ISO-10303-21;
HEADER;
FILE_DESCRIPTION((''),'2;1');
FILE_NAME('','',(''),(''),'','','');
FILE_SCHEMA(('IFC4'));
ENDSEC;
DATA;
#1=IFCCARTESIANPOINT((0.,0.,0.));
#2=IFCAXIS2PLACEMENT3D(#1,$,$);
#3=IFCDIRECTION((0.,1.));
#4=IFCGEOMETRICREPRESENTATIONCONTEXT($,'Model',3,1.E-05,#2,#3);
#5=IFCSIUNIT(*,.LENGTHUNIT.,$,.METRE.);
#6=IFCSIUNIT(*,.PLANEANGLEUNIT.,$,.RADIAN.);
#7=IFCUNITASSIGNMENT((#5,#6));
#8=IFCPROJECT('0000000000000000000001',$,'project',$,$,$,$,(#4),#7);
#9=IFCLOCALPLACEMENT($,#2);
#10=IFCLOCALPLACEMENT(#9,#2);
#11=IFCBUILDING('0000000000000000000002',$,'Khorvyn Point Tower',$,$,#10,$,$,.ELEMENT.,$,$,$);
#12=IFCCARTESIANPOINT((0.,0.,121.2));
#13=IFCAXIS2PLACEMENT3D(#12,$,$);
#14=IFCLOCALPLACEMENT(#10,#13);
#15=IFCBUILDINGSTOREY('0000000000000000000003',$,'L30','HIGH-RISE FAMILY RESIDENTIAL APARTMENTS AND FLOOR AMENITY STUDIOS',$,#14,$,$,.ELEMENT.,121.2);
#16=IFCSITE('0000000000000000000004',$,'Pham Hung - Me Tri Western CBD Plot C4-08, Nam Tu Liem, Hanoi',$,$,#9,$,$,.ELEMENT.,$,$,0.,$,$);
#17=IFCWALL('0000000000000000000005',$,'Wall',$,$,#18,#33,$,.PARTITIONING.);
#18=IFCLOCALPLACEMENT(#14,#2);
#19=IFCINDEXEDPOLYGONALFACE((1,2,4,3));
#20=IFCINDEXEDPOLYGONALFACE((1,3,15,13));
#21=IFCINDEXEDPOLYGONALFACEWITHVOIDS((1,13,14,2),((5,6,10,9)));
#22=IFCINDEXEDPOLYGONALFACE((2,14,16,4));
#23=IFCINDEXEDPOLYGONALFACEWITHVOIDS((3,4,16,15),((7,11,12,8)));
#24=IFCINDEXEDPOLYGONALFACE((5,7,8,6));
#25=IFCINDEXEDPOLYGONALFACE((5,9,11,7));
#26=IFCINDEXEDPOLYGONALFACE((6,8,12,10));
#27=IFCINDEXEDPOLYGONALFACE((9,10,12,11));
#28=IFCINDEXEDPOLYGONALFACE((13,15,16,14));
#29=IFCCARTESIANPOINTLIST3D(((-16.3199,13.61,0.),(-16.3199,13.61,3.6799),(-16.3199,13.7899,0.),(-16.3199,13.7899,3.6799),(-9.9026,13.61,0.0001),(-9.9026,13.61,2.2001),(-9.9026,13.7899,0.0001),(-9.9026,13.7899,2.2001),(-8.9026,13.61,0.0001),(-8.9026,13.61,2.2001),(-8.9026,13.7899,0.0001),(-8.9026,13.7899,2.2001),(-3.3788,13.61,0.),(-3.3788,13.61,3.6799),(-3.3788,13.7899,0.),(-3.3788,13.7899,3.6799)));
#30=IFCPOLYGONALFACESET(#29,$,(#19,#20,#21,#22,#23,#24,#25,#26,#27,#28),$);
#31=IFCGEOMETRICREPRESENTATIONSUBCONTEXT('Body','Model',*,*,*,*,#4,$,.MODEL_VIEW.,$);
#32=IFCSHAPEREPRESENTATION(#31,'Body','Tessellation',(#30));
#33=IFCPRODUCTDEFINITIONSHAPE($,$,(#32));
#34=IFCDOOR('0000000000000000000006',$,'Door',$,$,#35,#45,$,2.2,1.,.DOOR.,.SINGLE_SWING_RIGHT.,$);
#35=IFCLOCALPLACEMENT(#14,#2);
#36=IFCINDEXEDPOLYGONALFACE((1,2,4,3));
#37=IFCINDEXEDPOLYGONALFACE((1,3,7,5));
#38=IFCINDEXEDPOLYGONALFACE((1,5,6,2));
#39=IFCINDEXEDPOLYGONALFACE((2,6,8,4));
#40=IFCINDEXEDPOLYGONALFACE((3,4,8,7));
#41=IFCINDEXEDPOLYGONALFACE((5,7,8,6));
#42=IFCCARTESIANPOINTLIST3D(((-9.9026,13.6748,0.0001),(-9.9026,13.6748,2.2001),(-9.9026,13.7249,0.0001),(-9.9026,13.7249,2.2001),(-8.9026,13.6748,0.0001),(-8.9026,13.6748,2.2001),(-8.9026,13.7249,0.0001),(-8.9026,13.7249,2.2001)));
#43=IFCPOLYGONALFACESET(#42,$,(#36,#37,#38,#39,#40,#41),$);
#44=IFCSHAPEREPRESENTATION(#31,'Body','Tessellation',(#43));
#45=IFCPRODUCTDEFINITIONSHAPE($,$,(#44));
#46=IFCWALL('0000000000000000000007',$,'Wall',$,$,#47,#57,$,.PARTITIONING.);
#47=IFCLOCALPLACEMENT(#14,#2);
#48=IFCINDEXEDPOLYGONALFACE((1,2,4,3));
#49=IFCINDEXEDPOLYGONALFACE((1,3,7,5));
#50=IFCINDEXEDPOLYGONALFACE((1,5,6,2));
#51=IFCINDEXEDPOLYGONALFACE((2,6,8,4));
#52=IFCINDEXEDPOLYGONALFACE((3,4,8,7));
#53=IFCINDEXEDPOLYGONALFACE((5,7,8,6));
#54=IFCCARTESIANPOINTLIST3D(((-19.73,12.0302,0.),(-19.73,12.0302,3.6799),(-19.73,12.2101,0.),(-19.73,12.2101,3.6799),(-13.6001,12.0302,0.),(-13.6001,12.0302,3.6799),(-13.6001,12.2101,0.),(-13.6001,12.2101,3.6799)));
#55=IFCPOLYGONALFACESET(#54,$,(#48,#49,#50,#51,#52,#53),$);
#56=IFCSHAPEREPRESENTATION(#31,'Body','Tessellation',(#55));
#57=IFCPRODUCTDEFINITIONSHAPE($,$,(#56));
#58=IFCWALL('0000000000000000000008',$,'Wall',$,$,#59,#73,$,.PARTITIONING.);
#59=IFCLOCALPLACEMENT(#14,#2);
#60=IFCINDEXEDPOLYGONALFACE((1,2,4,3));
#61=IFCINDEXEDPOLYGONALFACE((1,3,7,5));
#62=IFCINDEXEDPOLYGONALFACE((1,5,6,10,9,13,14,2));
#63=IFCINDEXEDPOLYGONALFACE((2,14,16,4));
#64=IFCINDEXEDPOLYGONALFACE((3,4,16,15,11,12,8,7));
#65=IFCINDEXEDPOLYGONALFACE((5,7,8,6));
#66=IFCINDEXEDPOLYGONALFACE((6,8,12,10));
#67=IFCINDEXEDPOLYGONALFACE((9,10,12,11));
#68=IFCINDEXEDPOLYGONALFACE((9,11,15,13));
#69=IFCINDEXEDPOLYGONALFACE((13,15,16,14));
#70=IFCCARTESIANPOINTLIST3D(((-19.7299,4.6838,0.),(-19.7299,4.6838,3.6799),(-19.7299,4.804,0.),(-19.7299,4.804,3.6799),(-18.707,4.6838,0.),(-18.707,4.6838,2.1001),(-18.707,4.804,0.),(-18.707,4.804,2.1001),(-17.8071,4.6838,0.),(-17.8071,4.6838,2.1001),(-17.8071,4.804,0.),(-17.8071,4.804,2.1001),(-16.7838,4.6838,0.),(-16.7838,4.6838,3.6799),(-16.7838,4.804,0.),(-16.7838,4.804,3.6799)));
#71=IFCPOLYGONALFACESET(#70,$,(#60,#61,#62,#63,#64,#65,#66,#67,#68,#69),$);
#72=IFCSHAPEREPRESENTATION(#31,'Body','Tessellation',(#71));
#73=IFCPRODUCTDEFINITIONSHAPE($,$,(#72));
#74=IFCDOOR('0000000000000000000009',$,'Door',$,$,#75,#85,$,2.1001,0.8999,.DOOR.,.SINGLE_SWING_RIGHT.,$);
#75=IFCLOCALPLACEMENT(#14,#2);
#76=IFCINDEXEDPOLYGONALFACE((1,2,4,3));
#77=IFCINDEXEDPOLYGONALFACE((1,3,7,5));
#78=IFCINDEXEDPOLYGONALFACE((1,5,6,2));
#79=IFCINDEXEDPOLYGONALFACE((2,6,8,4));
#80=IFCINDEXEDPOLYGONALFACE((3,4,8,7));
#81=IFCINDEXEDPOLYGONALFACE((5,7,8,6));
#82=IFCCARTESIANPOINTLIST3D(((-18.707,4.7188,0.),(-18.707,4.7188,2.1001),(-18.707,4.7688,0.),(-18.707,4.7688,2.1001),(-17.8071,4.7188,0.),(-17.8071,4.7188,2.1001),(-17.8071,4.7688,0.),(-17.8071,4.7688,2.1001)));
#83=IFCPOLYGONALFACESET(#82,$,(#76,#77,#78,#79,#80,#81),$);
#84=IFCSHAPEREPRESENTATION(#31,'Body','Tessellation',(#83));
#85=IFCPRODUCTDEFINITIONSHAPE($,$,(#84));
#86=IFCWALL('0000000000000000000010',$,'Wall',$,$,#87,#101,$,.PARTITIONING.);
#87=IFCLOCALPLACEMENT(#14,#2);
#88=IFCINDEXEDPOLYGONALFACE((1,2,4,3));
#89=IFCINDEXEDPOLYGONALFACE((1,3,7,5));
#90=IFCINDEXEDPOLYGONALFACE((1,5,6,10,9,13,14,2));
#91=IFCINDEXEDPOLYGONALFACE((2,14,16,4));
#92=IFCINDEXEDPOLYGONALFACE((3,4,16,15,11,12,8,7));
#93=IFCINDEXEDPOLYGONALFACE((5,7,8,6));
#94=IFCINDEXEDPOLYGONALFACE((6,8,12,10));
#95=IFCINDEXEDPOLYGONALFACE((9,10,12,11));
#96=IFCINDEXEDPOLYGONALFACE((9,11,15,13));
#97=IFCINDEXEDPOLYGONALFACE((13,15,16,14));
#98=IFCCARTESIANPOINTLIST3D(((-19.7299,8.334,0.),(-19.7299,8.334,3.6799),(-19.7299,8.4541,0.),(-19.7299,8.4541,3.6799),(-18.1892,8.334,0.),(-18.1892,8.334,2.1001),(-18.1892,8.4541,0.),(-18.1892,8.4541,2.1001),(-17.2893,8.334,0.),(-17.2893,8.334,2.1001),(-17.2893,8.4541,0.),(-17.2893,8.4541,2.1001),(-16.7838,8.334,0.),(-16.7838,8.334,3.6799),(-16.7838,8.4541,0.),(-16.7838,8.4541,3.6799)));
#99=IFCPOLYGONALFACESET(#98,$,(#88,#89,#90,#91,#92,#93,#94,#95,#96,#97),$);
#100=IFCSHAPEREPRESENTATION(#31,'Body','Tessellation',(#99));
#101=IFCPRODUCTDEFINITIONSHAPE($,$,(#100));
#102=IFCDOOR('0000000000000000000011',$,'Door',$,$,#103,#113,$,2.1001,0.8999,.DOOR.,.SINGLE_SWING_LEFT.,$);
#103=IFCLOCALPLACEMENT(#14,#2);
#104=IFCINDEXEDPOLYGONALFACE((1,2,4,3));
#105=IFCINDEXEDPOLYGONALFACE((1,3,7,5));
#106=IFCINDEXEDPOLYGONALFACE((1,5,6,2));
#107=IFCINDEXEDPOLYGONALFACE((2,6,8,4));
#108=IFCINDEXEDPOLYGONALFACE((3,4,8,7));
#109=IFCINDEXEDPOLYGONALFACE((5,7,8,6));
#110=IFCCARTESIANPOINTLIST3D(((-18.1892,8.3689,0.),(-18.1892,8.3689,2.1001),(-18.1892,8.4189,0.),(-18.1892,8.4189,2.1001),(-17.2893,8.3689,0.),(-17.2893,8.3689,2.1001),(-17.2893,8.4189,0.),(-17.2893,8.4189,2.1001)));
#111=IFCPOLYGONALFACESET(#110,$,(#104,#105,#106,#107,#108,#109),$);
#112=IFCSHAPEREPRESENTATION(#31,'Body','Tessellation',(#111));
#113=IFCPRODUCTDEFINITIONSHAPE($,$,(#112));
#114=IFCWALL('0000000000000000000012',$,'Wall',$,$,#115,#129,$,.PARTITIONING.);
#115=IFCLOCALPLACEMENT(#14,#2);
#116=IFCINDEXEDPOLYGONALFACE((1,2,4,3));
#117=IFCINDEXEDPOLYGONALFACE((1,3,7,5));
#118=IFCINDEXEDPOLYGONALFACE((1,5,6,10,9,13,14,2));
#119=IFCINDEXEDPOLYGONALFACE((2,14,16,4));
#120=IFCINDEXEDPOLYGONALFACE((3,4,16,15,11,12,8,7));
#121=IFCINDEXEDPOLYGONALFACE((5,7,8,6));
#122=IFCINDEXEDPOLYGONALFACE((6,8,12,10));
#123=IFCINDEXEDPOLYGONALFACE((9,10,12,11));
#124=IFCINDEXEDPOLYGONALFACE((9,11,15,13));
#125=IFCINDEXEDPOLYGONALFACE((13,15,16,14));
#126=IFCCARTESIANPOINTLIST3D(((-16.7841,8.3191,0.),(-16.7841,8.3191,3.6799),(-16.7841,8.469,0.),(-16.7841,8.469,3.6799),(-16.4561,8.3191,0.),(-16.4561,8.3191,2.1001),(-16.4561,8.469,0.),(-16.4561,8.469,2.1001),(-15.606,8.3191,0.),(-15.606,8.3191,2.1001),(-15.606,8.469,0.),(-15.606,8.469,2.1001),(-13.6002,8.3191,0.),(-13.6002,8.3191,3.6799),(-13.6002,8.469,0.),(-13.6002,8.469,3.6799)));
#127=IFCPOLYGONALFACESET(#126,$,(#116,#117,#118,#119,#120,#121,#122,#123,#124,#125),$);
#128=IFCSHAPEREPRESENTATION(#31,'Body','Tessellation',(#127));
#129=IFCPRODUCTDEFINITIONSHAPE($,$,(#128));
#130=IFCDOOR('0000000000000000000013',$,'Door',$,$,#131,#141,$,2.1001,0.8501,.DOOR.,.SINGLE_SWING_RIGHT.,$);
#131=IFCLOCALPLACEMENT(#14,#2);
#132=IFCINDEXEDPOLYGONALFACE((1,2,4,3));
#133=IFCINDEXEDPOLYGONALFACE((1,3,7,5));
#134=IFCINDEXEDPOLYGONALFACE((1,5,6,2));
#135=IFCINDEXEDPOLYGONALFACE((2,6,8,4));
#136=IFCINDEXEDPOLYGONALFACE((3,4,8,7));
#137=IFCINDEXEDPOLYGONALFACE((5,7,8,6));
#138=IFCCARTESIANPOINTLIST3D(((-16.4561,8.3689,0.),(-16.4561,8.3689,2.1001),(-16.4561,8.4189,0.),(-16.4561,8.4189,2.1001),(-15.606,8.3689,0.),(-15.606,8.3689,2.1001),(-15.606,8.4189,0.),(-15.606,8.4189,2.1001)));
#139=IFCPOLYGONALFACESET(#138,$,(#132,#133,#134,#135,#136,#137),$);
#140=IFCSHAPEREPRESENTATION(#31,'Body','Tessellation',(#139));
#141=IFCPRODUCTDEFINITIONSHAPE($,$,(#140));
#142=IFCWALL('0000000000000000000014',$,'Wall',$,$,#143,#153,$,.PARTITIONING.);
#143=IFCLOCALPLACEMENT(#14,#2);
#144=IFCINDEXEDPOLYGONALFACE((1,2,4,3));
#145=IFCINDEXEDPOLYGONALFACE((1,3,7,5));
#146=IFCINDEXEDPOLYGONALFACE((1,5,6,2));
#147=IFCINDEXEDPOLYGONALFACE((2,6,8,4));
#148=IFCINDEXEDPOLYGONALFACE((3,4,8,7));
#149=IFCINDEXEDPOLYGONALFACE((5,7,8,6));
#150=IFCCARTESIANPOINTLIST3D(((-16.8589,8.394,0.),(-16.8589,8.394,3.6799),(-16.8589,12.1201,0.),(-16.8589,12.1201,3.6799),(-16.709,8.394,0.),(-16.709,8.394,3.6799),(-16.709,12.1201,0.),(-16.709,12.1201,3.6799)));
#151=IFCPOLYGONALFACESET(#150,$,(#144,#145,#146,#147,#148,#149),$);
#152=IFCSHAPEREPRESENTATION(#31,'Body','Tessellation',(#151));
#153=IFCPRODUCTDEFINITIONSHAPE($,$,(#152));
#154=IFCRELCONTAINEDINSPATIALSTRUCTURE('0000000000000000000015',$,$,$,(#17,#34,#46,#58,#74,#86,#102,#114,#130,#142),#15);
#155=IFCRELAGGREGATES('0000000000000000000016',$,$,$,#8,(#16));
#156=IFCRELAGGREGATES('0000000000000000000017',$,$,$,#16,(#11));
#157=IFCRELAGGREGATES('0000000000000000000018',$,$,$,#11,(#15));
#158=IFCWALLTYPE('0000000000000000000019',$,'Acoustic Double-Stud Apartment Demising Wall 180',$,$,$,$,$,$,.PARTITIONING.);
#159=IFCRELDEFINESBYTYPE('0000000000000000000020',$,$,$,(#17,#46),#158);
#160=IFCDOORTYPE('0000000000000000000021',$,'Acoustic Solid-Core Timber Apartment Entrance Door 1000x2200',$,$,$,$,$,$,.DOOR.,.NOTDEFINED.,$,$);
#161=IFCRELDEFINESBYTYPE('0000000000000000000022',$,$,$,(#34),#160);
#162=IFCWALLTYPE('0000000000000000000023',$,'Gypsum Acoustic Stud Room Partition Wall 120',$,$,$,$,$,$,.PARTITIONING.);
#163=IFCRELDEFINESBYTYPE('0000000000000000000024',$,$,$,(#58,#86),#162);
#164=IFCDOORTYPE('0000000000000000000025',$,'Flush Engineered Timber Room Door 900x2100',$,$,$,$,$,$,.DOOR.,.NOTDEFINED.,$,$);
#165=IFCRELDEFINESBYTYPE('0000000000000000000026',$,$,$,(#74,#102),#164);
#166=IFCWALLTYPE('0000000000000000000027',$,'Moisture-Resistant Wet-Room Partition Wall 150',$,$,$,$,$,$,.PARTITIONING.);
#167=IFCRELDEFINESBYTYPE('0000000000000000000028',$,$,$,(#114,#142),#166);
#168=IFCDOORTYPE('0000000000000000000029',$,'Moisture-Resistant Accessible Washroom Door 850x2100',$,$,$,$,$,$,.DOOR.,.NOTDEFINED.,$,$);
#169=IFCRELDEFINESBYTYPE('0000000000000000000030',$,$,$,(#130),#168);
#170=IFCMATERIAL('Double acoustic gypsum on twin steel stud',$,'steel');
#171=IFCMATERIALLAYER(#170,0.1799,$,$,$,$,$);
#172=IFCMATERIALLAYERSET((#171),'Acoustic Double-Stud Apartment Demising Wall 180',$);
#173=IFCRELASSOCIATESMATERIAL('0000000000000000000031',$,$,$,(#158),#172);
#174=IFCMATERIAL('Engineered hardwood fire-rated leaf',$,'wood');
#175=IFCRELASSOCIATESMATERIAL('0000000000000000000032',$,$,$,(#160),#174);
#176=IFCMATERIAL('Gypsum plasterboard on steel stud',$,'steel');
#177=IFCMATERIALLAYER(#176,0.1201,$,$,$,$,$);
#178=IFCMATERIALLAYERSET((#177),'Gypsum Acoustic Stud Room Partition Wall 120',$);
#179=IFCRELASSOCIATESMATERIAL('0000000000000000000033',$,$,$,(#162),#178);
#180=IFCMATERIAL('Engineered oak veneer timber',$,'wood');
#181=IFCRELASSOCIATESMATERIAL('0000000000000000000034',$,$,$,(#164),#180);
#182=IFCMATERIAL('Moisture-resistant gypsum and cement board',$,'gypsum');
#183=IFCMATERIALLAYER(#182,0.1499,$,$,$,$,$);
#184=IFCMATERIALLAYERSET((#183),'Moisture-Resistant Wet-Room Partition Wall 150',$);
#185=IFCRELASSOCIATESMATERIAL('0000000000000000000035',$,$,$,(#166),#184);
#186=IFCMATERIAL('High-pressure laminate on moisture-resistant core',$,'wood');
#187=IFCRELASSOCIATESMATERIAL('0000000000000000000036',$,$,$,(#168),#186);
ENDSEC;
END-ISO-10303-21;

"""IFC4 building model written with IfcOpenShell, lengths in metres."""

from ifc_helpers import new_model, si_unit, direction, frame, frame_2d, origin, place, context, subcontext, project, spatial, rectangle, extrude, material, layer, layer_set, type_object, element, fill, save


model = new_model("IFC4")

# Units and contexts
model_context = context("Model", 3, precision=1e-05, world=origin(), true_north=direction((0.0, 1.0)))
body_context = subcontext(model_context, "Body", "Model", "MODEL_VIEW")
ifc_project = project(units=[si_unit("LENGTHUNIT", "METRE"), si_unit("PLANEANGLEUNIT", "RADIAN")], contexts=[model_context])

# Site, building, storey
site_placement = place(None, origin())
site = spatial("IfcSite", under=ifc_project, at=site_placement, Name="Pham Hung - Me Tri Western CBD Plot C4-08, Nam Tu Liem, Hanoi", CompositionType="ELEMENT", RefElevation=0.0)
building_placement = place(site_placement, origin())
building = spatial("IfcBuilding", under=site, at=building_placement, Name="Khorvyn Point Tower", CompositionType="ELEMENT")
storey_placement = place(building_placement, frame((0.0, 0.0, 121.2)))
storey = spatial("IfcBuildingStorey", under=building, at=storey_placement, Name="L30", Description="HIGH-RISE FAMILY RESIDENTIAL APARTMENTS AND FLOOR AMENITY STUDIOS", CompositionType="ELEMENT", Elevation=121.2)

# Wall, opening, door
ifc_material_1 = material(Name="Double acoustic gypsum on twin steel stud", Category="steel")
ifc_layer_1 = layer(ifc_material_1, 0.1799)
ifc_layer_set_1 = layer_set([ifc_layer_1], Name="Acoustic Double-Stud Apartment Demising Wall 180")
wall_type_1 = type_object("IfcWallType", Name="Acoustic Double-Stud Apartment Demising Wall 180", PredefinedType="PARTITIONING", material=ifc_layer_set_1)
wall_1_placement = place(storey_placement, frame((-16.3201, 13.7, 0.0), z_axis=(0.0, 0.0, 1.0), x_axis=(1.0, 0.0, 0.0)))
wall_1 = element("IfcWall", 1, at=wall_1_placement, inside=storey, type_object=wall_type_1, Name="Wall", PredefinedType="PARTITIONING", context=body_context, shape_type="SweptSolid", body=[
    extrude(rectangle(XDim=12.9412, YDim=0.1799, at=frame_2d((6.4707, 0.0))), origin(), (0.0, 0.0, 1.0), 3.6799),
])
opening_1_placement = place(wall_1_placement, frame((6.4175, 0.0, 0.0)))
opening_1 = element("IfcOpeningElement", 2, at=opening_1_placement, cuts=wall_1, PredefinedType="OPENING", context=body_context, shape_type="SweptSolid", body=[
    extrude(rectangle(XDim=1.0, YDim=2.2, at=frame_2d((0.5, 1.1001))), frame((0.0, 0.0999, 0.0), z_axis=(0.0, -1.0, 0.0), x_axis=(1.0, 0.0, 0.0)), (0.0, 0.0, 1.0), 0.2),
])
ifc_material_2 = material(Name="Engineered hardwood fire-rated leaf", Category="wood")
door_type_1 = type_object("IfcDoorType", Name="Acoustic Solid-Core Timber Apartment Entrance Door 1000x2200", OperationType="NOTDEFINED", PredefinedType="DOOR", material=ifc_material_2)
door_1_placement = place(opening_1_placement, origin())
door_1 = element("IfcDoor", 3, at=door_1_placement, inside=storey, type_object=door_type_1, Name="Door", OperationType="SINGLE_SWING_RIGHT", OverallHeight=2.2, OverallWidth=1.0, PredefinedType="DOOR", context=body_context, shape_type="SweptSolid", body=[
    extrude(rectangle(XDim=1.0, YDim=2.2, at=frame_2d((0.5, 1.1001))), frame((0.0, 0.0249, 0.0), z_axis=(0.0, -1.0, 0.0), x_axis=(1.0, 0.0, 0.0)), (0.0, 0.0, 1.0), 0.05),
])
fill(opening_1, door_1)

# Wall
wall_2_placement = place(storey_placement, frame((-19.73, 12.1201, 0.0), z_axis=(0.0, 0.0, 1.0), x_axis=(1.0, 0.0, 0.0)))
element("IfcWall", 4, at=wall_2_placement, inside=storey, type_object=wall_type_1, Name="Wall", PredefinedType="PARTITIONING", context=body_context, shape_type="SweptSolid", body=[
    extrude(rectangle(XDim=6.1299, YDim=0.1799, at=frame_2d((3.0649, 0.0))), origin(), (0.0, 0.0, 1.0), 3.6799),
])

# Walls, openings, doors
ifc_material_3 = material(Name="Gypsum plasterboard on steel stud", Category="steel")
ifc_layer_2 = layer(ifc_material_3, 0.1201)
ifc_layer_set_2 = layer_set([ifc_layer_2], Name="Gypsum Acoustic Stud Room Partition Wall 120")
wall_type_2 = type_object("IfcWallType", Name="Gypsum Acoustic Stud Room Partition Wall 120", PredefinedType="PARTITIONING", material=ifc_layer_set_2)
wall_3_placement = place(storey_placement, frame((-19.73, 4.7439, 0.0), z_axis=(0.0, 0.0, 1.0), x_axis=(1.0, 0.0, 0.0)))
wall_3 = element("IfcWall", 5, at=wall_3_placement, inside=storey, type_object=wall_type_2, Name="Wall", PredefinedType="PARTITIONING", context=body_context, shape_type="SweptSolid", body=[
    extrude(rectangle(XDim=2.946, YDim=0.1201, at=frame_2d((1.4731, 0.0))), origin(), (0.0, 0.0, 1.0), 3.6799),
])
opening_2_placement = place(wall_3_placement, frame((1.0229, 0.0, 0.0)))
opening_2 = element("IfcOpeningElement", 6, at=opening_2_placement, cuts=wall_3, PredefinedType="OPENING", context=body_context, shape_type="SweptSolid", body=[
    extrude(rectangle(XDim=0.8999, YDim=2.1001, at=frame_2d((0.45, 1.05))), frame((0.0, 0.0701, 0.0), z_axis=(0.0, -1.0, 0.0), x_axis=(1.0, 0.0, 0.0)), (0.0, 0.0, 1.0), 0.1401),
])
ifc_material_4 = material(Name="Engineered oak veneer timber", Category="wood")
door_type_2 = type_object("IfcDoorType", Name="Flush Engineered Timber Room Door 900x2100", OperationType="NOTDEFINED", PredefinedType="DOOR", material=ifc_material_4)
door_2_placement = place(opening_2_placement, origin())
door_2 = element("IfcDoor", 7, at=door_2_placement, inside=storey, type_object=door_type_2, Name="Door", OperationType="SINGLE_SWING_RIGHT", OverallHeight=2.1001, OverallWidth=0.8999, PredefinedType="DOOR", context=body_context, shape_type="SweptSolid", body=[
    extrude(rectangle(XDim=0.8999, YDim=2.1001, at=frame_2d((0.45, 1.05))), frame((0.0, 0.0249, 0.0), z_axis=(0.0, -1.0, 0.0), x_axis=(1.0, 0.0, 0.0)), (0.0, 0.0, 1.0), 0.05),
])
fill(opening_2, door_2)
wall_4_placement = place(storey_placement, frame((-19.73, 8.394, 0.0), z_axis=(0.0, 0.0, 1.0), x_axis=(1.0, 0.0, 0.0)))
wall_4 = element("IfcWall", 8, at=wall_4_placement, inside=storey, type_object=wall_type_2, Name="Wall", PredefinedType="PARTITIONING", context=body_context, shape_type="SweptSolid", body=[
    extrude(rectangle(XDim=2.946, YDim=0.1201, at=frame_2d((1.4731, 0.0))), origin(), (0.0, 0.0, 1.0), 3.6799),
])
opening_3_placement = place(wall_4_placement, frame((1.5408, 0.0, 0.0)))
opening_3 = element("IfcOpeningElement", 9, at=opening_3_placement, cuts=wall_4, PredefinedType="OPENING", context=body_context, shape_type="SweptSolid", body=[
    extrude(rectangle(XDim=0.8999, YDim=2.1001, at=frame_2d((0.45, 1.05))), frame((0.0, 0.0701, 0.0), z_axis=(0.0, -1.0, 0.0), x_axis=(1.0, 0.0, 0.0)), (0.0, 0.0, 1.0), 0.1401),
])
door_3_placement = place(opening_3_placement, origin())
door_3 = element("IfcDoor", 10, at=door_3_placement, inside=storey, type_object=door_type_2, Name="Door", OperationType="SINGLE_SWING_LEFT", OverallHeight=2.1001, OverallWidth=0.8999, PredefinedType="DOOR", context=body_context, shape_type="SweptSolid", body=[
    extrude(rectangle(XDim=0.8999, YDim=2.1001, at=frame_2d((0.45, 1.05))), frame((0.0, 0.0249, 0.0), z_axis=(0.0, -1.0, 0.0), x_axis=(1.0, 0.0, 0.0)), (0.0, 0.0, 1.0), 0.05),
])
fill(opening_3, door_3)
ifc_material_5 = material(Name="Moisture-resistant gypsum and cement board", Category="gypsum")
ifc_layer_3 = layer(ifc_material_5, 0.1499)
ifc_layer_set_3 = layer_set([ifc_layer_3], Name="Moisture-Resistant Wet-Room Partition Wall 150")
wall_type_3 = type_object("IfcWallType", Name="Moisture-Resistant Wet-Room Partition Wall 150", PredefinedType="PARTITIONING", material=ifc_layer_set_3)
wall_5_placement = place(storey_placement, frame((-16.7839, 8.394, 0.0), z_axis=(0.0, 0.0, 1.0), x_axis=(1.0, 0.0, 0.0)))
wall_5 = element("IfcWall", 11, at=wall_5_placement, inside=storey, type_object=wall_type_3, Name="Wall", PredefinedType="PARTITIONING", context=body_context, shape_type="SweptSolid", body=[
    extrude(rectangle(XDim=3.1838, YDim=0.1499, at=frame_2d((1.5918, 0.0))), origin(), (0.0, 0.0, 1.0), 3.6799),
])
opening_4_placement = place(wall_5_placement, frame((0.3279, 0.0, 0.0)))
opening_4 = element("IfcOpeningElement", 12, at=opening_4_placement, cuts=wall_5, PredefinedType="OPENING", context=body_context, shape_type="SweptSolid", body=[
    extrude(rectangle(XDim=0.8501, YDim=2.1001, at=frame_2d((0.425, 1.05))), frame((0.0, 0.085, 0.0), z_axis=(0.0, -1.0, 0.0), x_axis=(1.0, 0.0, 0.0)), (0.0, 0.0, 1.0), 0.1699),
])
ifc_material_6 = material(Name="High-pressure laminate on moisture-resistant core", Category="wood")
door_type_3 = type_object("IfcDoorType", Name="Moisture-Resistant Accessible Washroom Door 850x2100", OperationType="NOTDEFINED", PredefinedType="DOOR", material=ifc_material_6)
door_4_placement = place(opening_4_placement, origin())
door_4 = element("IfcDoor", 13, at=door_4_placement, inside=storey, type_object=door_type_3, Name="Door", OperationType="SINGLE_SWING_RIGHT", OverallHeight=2.1001, OverallWidth=0.8501, PredefinedType="DOOR", context=body_context, shape_type="SweptSolid", body=[
    extrude(rectangle(XDim=0.8501, YDim=2.1001, at=frame_2d((0.425, 1.05))), frame((0.0, 0.0249, 0.0), z_axis=(0.0, -1.0, 0.0), x_axis=(1.0, 0.0, 0.0)), (0.0, 0.0, 1.0), 0.05),
])
fill(opening_4, door_4)

# Wall
wall_6_placement = place(storey_placement, frame((-16.7839, 8.394, 0.0), z_axis=(0.0, 0.0, 1.0), x_axis=(0.0, 1.0, 0.0)))
element("IfcWall", 14, at=wall_6_placement, inside=storey, type_object=wall_type_3, Name="Wall", PredefinedType="PARTITIONING", context=body_context, shape_type="SweptSolid", body=[
    extrude(rectangle(XDim=3.7261, YDim=0.1499, at=frame_2d((1.863, 0.0))), origin(), (0.0, 0.0, 1.0), 3.6799),
])

save(model, "model.ifc")
